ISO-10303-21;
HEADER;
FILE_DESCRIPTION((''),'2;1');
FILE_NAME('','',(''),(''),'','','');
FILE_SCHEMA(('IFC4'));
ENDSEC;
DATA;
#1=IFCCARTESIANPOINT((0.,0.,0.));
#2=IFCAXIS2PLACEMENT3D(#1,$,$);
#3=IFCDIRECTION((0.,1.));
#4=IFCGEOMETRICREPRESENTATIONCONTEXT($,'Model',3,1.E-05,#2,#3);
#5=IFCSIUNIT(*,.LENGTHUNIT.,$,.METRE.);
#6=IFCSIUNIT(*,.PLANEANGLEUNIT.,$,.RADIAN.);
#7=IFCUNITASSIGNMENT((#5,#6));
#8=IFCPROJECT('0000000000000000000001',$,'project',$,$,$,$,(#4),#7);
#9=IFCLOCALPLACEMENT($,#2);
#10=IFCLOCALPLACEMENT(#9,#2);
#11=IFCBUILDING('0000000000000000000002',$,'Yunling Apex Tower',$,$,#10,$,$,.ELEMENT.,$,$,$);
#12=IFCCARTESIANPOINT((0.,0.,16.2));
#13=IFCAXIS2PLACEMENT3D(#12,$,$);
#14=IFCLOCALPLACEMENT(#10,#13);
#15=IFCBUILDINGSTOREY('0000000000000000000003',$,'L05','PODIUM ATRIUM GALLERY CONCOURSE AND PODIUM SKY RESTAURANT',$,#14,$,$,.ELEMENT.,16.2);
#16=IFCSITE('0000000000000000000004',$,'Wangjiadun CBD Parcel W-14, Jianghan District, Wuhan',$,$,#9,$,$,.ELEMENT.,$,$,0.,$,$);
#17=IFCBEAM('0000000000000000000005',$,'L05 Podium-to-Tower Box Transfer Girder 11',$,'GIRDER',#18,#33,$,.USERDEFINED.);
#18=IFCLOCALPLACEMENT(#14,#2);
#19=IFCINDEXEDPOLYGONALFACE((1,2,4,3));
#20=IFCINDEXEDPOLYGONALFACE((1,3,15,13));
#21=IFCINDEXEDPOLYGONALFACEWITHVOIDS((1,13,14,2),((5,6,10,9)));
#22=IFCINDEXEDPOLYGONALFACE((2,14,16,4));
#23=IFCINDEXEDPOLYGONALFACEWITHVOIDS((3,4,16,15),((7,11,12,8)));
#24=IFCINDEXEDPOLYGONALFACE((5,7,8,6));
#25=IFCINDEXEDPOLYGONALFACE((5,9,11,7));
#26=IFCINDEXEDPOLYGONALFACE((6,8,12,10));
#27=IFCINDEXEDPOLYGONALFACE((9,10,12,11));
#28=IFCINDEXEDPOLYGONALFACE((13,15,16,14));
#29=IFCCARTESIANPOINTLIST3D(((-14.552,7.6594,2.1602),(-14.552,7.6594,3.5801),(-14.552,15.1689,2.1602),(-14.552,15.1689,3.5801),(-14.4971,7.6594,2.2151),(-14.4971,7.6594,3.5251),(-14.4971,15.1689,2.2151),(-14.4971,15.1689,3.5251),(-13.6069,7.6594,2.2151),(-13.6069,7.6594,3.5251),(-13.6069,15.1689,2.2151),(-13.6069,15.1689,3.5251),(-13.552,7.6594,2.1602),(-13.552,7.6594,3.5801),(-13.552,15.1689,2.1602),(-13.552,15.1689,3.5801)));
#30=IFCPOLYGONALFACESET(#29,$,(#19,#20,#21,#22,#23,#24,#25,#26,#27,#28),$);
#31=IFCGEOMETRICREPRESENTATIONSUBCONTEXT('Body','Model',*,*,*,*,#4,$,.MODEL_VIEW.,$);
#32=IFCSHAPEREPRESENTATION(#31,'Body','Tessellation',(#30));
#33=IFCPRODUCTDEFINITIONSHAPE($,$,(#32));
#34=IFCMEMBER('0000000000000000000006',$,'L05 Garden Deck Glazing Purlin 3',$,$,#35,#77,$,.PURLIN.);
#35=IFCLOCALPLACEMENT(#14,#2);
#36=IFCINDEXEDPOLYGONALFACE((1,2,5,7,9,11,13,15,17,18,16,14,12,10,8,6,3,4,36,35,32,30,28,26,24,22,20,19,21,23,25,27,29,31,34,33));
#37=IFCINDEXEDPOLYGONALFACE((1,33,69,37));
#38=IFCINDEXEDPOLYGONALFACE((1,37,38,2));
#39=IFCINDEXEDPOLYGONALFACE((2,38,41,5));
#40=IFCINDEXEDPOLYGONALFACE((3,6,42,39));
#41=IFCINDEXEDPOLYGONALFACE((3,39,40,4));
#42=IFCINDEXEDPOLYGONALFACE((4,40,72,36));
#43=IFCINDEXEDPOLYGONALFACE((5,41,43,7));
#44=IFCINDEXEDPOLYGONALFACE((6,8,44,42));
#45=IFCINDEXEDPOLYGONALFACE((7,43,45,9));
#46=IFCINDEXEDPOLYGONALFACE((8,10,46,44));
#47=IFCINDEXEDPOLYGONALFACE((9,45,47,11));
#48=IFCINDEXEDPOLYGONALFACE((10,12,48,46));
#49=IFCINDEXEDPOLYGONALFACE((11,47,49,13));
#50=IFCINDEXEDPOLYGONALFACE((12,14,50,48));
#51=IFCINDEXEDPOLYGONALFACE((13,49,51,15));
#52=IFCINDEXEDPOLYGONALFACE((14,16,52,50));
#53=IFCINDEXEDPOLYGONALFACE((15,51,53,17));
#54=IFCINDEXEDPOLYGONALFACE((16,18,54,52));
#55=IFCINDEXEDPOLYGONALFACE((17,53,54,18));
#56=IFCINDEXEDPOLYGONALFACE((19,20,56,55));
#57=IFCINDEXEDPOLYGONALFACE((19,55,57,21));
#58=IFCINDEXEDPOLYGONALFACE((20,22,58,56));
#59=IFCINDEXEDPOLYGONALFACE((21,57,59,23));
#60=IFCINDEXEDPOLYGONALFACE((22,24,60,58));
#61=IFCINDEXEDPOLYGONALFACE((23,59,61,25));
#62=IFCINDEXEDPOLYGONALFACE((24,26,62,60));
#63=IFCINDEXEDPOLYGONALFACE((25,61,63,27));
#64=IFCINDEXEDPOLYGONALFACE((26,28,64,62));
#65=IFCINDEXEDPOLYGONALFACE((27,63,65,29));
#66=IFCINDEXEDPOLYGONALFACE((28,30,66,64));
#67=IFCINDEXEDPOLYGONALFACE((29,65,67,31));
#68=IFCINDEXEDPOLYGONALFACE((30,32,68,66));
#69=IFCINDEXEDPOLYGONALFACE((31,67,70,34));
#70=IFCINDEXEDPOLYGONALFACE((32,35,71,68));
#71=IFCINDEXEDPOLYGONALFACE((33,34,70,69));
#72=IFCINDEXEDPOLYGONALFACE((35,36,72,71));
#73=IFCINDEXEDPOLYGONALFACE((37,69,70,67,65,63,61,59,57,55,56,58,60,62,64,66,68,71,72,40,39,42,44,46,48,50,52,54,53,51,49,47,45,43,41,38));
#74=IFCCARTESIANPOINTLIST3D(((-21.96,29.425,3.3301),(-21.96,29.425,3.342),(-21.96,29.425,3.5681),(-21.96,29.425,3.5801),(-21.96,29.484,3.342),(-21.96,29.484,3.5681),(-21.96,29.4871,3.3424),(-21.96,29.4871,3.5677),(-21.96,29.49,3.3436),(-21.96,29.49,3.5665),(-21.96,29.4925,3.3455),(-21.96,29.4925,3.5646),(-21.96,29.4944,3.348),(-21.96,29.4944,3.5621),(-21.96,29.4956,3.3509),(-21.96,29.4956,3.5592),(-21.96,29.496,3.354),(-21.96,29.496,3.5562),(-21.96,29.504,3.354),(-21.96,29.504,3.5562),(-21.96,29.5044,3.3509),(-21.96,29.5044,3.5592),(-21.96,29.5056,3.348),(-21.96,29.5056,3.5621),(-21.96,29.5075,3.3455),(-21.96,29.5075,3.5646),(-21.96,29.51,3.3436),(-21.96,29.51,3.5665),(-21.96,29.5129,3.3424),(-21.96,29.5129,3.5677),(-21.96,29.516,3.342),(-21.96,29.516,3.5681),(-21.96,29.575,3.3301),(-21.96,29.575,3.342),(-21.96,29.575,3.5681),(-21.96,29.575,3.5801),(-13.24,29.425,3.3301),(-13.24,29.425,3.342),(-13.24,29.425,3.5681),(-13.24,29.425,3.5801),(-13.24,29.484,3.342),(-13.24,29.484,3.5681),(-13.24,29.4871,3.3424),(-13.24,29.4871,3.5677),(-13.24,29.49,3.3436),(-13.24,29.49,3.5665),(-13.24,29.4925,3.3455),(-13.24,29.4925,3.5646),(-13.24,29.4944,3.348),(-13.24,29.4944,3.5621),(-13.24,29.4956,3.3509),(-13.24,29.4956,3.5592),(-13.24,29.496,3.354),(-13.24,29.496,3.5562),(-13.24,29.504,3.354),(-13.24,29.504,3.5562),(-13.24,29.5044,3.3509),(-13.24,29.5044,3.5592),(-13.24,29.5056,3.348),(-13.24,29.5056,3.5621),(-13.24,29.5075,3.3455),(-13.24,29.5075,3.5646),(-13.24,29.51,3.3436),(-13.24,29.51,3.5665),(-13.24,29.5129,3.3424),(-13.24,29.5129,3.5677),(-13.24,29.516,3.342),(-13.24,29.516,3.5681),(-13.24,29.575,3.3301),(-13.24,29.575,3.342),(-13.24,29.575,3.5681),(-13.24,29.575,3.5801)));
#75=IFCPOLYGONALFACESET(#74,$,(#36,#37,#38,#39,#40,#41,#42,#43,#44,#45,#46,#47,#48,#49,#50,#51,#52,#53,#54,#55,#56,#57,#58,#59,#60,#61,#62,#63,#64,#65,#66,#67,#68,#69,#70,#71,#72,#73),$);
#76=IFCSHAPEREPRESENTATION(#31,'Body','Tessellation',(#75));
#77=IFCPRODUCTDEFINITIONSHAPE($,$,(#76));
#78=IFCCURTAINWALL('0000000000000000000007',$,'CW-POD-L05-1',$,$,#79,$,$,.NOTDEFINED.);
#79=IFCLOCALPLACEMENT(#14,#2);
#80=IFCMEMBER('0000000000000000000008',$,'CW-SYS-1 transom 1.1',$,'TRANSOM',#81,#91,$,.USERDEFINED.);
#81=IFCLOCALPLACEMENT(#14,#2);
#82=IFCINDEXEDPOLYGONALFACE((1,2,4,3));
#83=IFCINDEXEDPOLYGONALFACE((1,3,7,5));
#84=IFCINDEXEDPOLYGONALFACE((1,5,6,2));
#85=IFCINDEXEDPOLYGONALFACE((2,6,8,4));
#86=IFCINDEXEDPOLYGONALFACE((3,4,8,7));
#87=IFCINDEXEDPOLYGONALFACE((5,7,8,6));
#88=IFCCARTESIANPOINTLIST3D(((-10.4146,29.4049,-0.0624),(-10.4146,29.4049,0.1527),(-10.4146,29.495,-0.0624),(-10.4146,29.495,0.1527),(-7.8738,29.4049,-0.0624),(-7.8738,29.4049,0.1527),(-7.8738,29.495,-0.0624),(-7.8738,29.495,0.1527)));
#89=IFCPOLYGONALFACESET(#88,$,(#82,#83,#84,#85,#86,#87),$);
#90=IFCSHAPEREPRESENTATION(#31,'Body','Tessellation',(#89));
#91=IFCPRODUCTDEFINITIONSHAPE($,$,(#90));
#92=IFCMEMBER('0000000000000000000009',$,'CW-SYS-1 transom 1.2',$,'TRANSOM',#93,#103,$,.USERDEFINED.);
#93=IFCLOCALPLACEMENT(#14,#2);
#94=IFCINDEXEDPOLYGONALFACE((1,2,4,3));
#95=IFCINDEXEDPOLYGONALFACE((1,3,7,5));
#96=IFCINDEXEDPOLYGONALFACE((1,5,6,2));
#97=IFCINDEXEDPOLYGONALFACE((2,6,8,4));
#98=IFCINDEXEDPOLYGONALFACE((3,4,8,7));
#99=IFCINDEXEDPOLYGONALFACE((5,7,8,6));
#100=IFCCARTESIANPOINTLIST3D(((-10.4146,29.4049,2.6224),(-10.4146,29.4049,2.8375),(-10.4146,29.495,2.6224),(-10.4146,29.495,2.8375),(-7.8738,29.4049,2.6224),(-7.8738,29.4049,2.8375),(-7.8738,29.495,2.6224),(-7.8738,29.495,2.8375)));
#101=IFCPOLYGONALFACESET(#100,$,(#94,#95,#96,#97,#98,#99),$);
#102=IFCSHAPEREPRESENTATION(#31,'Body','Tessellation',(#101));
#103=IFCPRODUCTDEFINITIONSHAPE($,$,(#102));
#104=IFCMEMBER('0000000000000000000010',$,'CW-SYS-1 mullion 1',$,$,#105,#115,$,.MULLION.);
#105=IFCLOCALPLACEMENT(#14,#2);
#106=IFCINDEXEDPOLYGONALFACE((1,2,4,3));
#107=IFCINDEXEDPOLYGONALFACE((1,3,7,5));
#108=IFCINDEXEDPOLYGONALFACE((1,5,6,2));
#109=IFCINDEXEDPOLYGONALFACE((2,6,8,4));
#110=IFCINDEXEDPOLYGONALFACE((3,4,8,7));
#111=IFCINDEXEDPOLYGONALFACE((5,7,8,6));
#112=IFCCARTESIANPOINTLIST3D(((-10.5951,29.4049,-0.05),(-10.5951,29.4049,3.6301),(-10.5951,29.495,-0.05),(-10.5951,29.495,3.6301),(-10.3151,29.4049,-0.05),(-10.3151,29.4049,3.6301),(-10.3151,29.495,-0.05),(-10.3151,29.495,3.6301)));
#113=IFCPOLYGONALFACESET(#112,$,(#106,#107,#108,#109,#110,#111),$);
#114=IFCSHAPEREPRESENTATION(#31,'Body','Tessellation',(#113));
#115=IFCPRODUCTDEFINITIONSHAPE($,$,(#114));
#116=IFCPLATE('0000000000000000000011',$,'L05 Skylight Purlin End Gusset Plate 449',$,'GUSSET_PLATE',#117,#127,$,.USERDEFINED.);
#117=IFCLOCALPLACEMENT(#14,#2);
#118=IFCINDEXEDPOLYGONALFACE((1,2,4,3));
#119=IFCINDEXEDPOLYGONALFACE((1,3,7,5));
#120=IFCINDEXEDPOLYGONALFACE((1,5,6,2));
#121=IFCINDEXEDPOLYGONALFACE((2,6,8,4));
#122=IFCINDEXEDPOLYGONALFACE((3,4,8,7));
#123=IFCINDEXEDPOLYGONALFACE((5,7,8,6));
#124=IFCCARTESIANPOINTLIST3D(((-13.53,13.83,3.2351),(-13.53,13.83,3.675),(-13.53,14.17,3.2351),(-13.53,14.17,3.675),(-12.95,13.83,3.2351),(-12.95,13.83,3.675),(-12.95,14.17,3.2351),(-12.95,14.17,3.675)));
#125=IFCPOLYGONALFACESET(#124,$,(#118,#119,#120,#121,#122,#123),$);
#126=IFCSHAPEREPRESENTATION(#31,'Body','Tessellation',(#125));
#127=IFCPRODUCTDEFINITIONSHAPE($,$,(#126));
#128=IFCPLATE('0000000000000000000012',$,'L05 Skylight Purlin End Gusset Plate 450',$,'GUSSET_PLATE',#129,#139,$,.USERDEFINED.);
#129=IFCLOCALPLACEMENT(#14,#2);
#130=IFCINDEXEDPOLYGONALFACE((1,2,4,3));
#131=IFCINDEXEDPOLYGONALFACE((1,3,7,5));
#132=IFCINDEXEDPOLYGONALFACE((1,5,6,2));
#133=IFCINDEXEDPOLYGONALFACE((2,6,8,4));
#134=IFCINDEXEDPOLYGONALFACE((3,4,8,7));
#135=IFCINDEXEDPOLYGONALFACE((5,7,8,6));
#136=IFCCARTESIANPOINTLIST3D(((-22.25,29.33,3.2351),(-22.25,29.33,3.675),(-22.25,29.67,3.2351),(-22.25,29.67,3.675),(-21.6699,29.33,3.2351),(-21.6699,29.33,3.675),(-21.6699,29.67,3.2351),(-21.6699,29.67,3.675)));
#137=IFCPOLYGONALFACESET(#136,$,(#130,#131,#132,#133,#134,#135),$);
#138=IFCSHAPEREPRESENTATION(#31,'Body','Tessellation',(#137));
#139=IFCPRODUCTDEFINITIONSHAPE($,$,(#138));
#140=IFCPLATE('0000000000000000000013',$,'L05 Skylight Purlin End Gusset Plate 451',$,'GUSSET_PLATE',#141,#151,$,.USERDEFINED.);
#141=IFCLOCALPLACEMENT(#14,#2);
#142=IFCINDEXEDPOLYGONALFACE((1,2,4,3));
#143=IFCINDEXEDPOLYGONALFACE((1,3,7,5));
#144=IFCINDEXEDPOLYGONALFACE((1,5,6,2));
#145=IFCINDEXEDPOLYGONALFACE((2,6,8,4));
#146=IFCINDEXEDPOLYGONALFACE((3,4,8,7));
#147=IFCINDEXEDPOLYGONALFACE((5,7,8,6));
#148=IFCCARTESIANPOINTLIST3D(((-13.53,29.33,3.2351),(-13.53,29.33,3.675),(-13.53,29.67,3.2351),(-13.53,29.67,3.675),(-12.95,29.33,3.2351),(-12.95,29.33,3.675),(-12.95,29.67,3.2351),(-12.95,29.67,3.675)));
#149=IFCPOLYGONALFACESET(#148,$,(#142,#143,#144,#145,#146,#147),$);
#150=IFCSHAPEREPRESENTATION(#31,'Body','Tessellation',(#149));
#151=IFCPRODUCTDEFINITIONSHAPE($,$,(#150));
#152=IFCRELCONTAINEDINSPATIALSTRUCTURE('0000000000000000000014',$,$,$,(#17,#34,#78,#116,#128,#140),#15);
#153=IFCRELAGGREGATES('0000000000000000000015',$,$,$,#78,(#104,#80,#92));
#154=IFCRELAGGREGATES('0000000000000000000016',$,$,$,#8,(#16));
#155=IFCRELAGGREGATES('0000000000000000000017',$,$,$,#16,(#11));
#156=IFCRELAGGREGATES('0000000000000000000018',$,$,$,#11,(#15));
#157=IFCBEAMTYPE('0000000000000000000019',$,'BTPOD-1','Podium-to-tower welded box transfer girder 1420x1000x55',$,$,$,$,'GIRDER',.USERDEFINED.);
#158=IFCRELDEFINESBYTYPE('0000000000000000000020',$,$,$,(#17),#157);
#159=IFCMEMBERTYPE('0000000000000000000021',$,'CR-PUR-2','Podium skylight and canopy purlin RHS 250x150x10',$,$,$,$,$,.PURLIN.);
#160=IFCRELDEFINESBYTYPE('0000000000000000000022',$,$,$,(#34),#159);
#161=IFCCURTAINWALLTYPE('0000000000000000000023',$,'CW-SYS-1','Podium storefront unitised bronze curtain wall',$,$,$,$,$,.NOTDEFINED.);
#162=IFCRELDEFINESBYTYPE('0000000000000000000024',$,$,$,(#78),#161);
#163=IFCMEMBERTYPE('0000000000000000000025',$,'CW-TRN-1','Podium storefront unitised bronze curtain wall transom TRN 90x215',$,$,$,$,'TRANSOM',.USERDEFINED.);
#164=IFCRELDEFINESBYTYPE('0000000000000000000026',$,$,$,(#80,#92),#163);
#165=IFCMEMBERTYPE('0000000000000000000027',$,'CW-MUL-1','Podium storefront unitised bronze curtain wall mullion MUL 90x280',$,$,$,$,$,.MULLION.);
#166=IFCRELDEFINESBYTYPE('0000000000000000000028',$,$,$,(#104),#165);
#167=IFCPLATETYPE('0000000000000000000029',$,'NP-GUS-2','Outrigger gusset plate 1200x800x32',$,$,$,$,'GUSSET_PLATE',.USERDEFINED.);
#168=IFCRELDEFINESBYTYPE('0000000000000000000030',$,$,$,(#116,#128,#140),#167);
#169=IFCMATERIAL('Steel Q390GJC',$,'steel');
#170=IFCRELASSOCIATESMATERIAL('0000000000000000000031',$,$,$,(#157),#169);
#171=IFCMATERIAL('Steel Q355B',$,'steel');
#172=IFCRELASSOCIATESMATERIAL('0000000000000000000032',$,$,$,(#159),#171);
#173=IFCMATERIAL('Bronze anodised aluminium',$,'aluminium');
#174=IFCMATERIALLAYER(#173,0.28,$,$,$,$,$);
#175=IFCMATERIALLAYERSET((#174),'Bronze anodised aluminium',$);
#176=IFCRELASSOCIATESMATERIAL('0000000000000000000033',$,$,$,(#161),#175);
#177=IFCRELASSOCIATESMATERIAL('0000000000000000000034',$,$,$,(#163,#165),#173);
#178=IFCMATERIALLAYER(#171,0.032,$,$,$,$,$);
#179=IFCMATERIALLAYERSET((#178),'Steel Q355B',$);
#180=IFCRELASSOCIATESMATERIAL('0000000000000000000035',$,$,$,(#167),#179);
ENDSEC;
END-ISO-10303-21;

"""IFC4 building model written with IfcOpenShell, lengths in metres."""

from ifc_helpers import new_model, si_unit, direction, frame, origin, origin_2d, place, context, subcontext, project, spatial, rectangle, hollow_rectangle, i_section, extrude, source, transform, mapped, material, layer, layer_set, material_profile, profile_set, type_object, element, aggregate, save


model = new_model("IFC4")

# Units and contexts
model_context = context("Model", 3, precision=1e-05, world=origin(), true_north=direction((0.0, 1.0)))
body_context = subcontext(model_context, "Body", "Model", "MODEL_VIEW")
ifc_project = project(units=[si_unit("LENGTHUNIT", "METRE"), si_unit("PLANEANGLEUNIT", "RADIAN")], contexts=[model_context])

# Site, building, storey
site_placement = place(None, origin())
site = spatial("IfcSite", under=ifc_project, at=site_placement, Name="Wangjiadun CBD Parcel W-14, Jianghan District, Wuhan", CompositionType="ELEMENT", RefElevation=0.0)
building_placement = place(site_placement, origin())
building = spatial("IfcBuilding", under=site, at=building_placement, Name="Yunling Apex Tower", CompositionType="ELEMENT")
storey_placement = place(building_placement, frame((0.0, 0.0, 16.2)))
storey = spatial("IfcBuildingStorey", under=building, at=storey_placement, Name="L05", Description="PODIUM ATRIUM GALLERY CONCOURSE AND PODIUM SKY RESTAURANT", CompositionType="ELEMENT", Elevation=16.2)

# Beam
ifc_material_1 = material(Name="Steel Q355B", Category="steel")
ifc_material_2 = material(Name="Steel Q390GJC", Category="steel")
ifc_material_profile_1 = material_profile(ifc_material_2, hollow_rectangle(XDim=1.0, YDim=1.4199, WallThickness=0.0549, at=origin_2d()))
ifc_profile_set_1 = profile_set([ifc_material_profile_1], Name="Steel Q390GJC")
beam_type_1 = type_object("IfcBeamType", Name="BTPOD-1", Description="Podium-to-tower welded box transfer girder 1420x1000x55", ElementType="GIRDER", PredefinedType="USERDEFINED", material=ifc_profile_set_1)
shared_shape_1 = source(origin(), body_context, "Body", "SweptSolid", [
    extrude(hollow_rectangle(XDim=1.0, YDim=1.4199, WallThickness=0.0549, at=origin_2d()), origin(), (0.0, 0.0, 1.0), 7.5095),
])
beam_1_placement = place(storey_placement, frame((-14.052, 15.1689, 2.8701), z_axis=(0.0, -1.0, 0.0), x_axis=(1.0, 0.0, 0.0)))
element("IfcBeam", 1, at=beam_1_placement, inside=storey, type_object=beam_type_1, Name="L05 Podium-to-Tower Box Transfer Girder 11", ObjectType="GIRDER", PredefinedType="USERDEFINED", context=body_context, shape_type="MappedRepresentation", body=[
    mapped(shared_shape_1, transform((0.0, 0.0, 0.0), scale=1.0)),
])

# Member
ifc_material_profile_2 = material_profile(ifc_material_1, i_section(OverallWidth=0.1499, OverallDepth=0.25, WebThickness=0.0081, FlangeThickness=0.012, FilletRadius=0.012, at=origin_2d()))
ifc_profile_set_2 = profile_set([ifc_material_profile_2], Name="Steel Q355B")
member_type_1 = type_object("IfcMemberType", Name="CR-PUR-2", Description="Podium skylight and canopy purlin RHS 250x150x10", PredefinedType="PURLIN", material=ifc_profile_set_2)
shared_shape_2 = source(origin(), body_context, "Body", "SweptSolid", [
    extrude(i_section(OverallWidth=0.1499, OverallDepth=0.25, WebThickness=0.0081, FlangeThickness=0.012, FilletRadius=0.012, at=origin_2d()), origin(), (0.0, 0.0, 1.0), 8.72),
])
member_1_placement = place(storey_placement, frame((-21.96, 29.5, 3.4551), z_axis=(1.0, 0.0, 0.0), x_axis=(0.0, 1.0, 0.0)))
element("IfcMember", 2, at=member_1_placement, inside=storey, type_object=member_type_1, Name="L05 Garden Deck Glazing Purlin 3", PredefinedType="PURLIN", context=body_context, shape_type="MappedRepresentation", body=[
    mapped(shared_shape_2, transform((0.0, 0.0, 0.0), scale=1.0)),
])

# Curtain wall, members
ifc_material_3 = material(Name="Bronze anodised aluminium", Category="aluminium")
ifc_layer_1 = layer(ifc_material_3, 0.28)
ifc_layer_set_1 = layer_set([ifc_layer_1], Name="Bronze anodised aluminium")
curtain_wall_type = type_object("IfcCurtainWallType", Name="CW-SYS-1", Description="Podium storefront unitised bronze curtain wall", PredefinedType="NOTDEFINED", material=ifc_layer_set_1)
curtain_wall_placement = place(storey_placement, origin())
curtain_wall = element("IfcCurtainWall", 3, at=curtain_wall_placement, inside=storey, type_object=curtain_wall_type, Name="CW-POD-L05-1", PredefinedType="NOTDEFINED")
ifc_material_profile_3 = material_profile(ifc_material_3, rectangle(XDim=0.0901, YDim=0.2151, at=origin_2d()))
ifc_profile_set_3 = profile_set([ifc_material_profile_3], Name="Bronze anodised aluminium")
member_type_2 = type_object("IfcMemberType", Name="CW-TRN-1", Description="Podium storefront unitised bronze curtain wall transom TRN 90x215", ElementType="TRANSOM", PredefinedType="USERDEFINED", material=ifc_profile_set_3)
shared_shape_3 = source(origin(), body_context, "Body", "SweptSolid", [
    extrude(rectangle(XDim=0.0901, YDim=0.2151, at=origin_2d()), origin(), (0.0, 0.0, 1.0), 2.5408),
])
member_2_placement = place(storey_placement, frame((-10.4146, 29.45, 0.0452), z_axis=(1.0, 0.0, 0.0), x_axis=(0.0, 1.0, 0.0)))
member_2 = element("IfcMember", 4, at=member_2_placement, type_object=member_type_2, Name="CW-SYS-1 transom 1.1", ObjectType="TRANSOM", PredefinedType="USERDEFINED", context=body_context, shape_type="MappedRepresentation", body=[
    mapped(shared_shape_3, transform((0.0, 0.0, 0.0), scale=1.0)),
])
member_3_placement = place(storey_placement, frame((-10.4146, 29.45, 2.73), z_axis=(1.0, 0.0, 0.0), x_axis=(0.0, 1.0, 0.0)))
member_3 = element("IfcMember", 5, at=member_3_placement, type_object=member_type_2, Name="CW-SYS-1 transom 1.2", ObjectType="TRANSOM", PredefinedType="USERDEFINED", context=body_context, shape_type="MappedRepresentation", body=[
    mapped(shared_shape_3, transform((0.0, 0.0, 0.0), scale=1.0)),
])
ifc_material_profile_4 = material_profile(ifc_material_3, rectangle(XDim=0.0901, YDim=0.28, at=origin_2d()))
ifc_profile_set_4 = profile_set([ifc_material_profile_4], Name="Bronze anodised aluminium")
member_type_3 = type_object("IfcMemberType", Name="CW-MUL-1", Description="Podium storefront unitised bronze curtain wall mullion MUL 90x280", PredefinedType="MULLION", material=ifc_profile_set_4)
shared_shape_4 = source(origin(), body_context, "Body", "SweptSolid", [
    extrude(rectangle(XDim=0.0901, YDim=0.28, at=origin_2d()), origin(), (0.0, 0.0, 1.0), 3.6802),
])
member_4_placement = place(storey_placement, frame((-10.4551, 29.45, -0.05), z_axis=(0.0, 0.0, 1.0), x_axis=(0.0, 1.0, 0.0)))
member_4 = element("IfcMember", 6, at=member_4_placement, type_object=member_type_3, Name="CW-SYS-1 mullion 1", PredefinedType="MULLION", context=body_context, shape_type="MappedRepresentation", body=[
    mapped(shared_shape_4, transform((0.0, 0.0, 0.0), scale=1.0)),
])
aggregate(curtain_wall, [member_4, member_2, member_3])

# Plates
ifc_layer_2 = layer(ifc_material_1, 0.032)
ifc_layer_set_2 = layer_set([ifc_layer_2], Name="Steel Q355B")
plate_type = type_object("IfcPlateType", Name="NP-GUS-2", Description="Outrigger gusset plate 1200x800x32", ElementType="GUSSET_PLATE", PredefinedType="USERDEFINED", material=ifc_layer_set_2)
shared_shape_5 = source(origin(), body_context, "Body", "SweptSolid", [
    extrude(rectangle(XDim=0.5801, YDim=0.3401, at=origin_2d()), origin(), (0.0, 0.0, 1.0), 0.4399),
])
for number, where, z_axis, x_axis, name in (
    (7, (-13.24, 14.0, 3.2351), (0.0, 0.0, 1.0), (1.0, 0.0, 0.0), "L05 Skylight Purlin End Gusset Plate 449"),
    (8, (-21.96, 29.5, 3.2351), (0.0, 0.0, 1.0), (1.0, 0.0, 0.0), "L05 Skylight Purlin End Gusset Plate 450"),
    (9, (-13.24, 29.5, 3.2351), (0.0, 0.0, 1.0), (1.0, 0.0, 0.0), "L05 Skylight Purlin End Gusset Plate 451"),
):
    element("IfcPlate", number, at=place(storey_placement, frame(where, z_axis=z_axis, x_axis=x_axis)), inside=storey, type_object=plate_type, Name=name, ObjectType="GUSSET_PLATE", PredefinedType="USERDEFINED", context=body_context, shape_type="MappedRepresentation", body=[
        mapped(shared_shape_5, transform((0.0, 0.0, 0.0), scale=1.0)),
    ])

save(model, "model.ifc")
